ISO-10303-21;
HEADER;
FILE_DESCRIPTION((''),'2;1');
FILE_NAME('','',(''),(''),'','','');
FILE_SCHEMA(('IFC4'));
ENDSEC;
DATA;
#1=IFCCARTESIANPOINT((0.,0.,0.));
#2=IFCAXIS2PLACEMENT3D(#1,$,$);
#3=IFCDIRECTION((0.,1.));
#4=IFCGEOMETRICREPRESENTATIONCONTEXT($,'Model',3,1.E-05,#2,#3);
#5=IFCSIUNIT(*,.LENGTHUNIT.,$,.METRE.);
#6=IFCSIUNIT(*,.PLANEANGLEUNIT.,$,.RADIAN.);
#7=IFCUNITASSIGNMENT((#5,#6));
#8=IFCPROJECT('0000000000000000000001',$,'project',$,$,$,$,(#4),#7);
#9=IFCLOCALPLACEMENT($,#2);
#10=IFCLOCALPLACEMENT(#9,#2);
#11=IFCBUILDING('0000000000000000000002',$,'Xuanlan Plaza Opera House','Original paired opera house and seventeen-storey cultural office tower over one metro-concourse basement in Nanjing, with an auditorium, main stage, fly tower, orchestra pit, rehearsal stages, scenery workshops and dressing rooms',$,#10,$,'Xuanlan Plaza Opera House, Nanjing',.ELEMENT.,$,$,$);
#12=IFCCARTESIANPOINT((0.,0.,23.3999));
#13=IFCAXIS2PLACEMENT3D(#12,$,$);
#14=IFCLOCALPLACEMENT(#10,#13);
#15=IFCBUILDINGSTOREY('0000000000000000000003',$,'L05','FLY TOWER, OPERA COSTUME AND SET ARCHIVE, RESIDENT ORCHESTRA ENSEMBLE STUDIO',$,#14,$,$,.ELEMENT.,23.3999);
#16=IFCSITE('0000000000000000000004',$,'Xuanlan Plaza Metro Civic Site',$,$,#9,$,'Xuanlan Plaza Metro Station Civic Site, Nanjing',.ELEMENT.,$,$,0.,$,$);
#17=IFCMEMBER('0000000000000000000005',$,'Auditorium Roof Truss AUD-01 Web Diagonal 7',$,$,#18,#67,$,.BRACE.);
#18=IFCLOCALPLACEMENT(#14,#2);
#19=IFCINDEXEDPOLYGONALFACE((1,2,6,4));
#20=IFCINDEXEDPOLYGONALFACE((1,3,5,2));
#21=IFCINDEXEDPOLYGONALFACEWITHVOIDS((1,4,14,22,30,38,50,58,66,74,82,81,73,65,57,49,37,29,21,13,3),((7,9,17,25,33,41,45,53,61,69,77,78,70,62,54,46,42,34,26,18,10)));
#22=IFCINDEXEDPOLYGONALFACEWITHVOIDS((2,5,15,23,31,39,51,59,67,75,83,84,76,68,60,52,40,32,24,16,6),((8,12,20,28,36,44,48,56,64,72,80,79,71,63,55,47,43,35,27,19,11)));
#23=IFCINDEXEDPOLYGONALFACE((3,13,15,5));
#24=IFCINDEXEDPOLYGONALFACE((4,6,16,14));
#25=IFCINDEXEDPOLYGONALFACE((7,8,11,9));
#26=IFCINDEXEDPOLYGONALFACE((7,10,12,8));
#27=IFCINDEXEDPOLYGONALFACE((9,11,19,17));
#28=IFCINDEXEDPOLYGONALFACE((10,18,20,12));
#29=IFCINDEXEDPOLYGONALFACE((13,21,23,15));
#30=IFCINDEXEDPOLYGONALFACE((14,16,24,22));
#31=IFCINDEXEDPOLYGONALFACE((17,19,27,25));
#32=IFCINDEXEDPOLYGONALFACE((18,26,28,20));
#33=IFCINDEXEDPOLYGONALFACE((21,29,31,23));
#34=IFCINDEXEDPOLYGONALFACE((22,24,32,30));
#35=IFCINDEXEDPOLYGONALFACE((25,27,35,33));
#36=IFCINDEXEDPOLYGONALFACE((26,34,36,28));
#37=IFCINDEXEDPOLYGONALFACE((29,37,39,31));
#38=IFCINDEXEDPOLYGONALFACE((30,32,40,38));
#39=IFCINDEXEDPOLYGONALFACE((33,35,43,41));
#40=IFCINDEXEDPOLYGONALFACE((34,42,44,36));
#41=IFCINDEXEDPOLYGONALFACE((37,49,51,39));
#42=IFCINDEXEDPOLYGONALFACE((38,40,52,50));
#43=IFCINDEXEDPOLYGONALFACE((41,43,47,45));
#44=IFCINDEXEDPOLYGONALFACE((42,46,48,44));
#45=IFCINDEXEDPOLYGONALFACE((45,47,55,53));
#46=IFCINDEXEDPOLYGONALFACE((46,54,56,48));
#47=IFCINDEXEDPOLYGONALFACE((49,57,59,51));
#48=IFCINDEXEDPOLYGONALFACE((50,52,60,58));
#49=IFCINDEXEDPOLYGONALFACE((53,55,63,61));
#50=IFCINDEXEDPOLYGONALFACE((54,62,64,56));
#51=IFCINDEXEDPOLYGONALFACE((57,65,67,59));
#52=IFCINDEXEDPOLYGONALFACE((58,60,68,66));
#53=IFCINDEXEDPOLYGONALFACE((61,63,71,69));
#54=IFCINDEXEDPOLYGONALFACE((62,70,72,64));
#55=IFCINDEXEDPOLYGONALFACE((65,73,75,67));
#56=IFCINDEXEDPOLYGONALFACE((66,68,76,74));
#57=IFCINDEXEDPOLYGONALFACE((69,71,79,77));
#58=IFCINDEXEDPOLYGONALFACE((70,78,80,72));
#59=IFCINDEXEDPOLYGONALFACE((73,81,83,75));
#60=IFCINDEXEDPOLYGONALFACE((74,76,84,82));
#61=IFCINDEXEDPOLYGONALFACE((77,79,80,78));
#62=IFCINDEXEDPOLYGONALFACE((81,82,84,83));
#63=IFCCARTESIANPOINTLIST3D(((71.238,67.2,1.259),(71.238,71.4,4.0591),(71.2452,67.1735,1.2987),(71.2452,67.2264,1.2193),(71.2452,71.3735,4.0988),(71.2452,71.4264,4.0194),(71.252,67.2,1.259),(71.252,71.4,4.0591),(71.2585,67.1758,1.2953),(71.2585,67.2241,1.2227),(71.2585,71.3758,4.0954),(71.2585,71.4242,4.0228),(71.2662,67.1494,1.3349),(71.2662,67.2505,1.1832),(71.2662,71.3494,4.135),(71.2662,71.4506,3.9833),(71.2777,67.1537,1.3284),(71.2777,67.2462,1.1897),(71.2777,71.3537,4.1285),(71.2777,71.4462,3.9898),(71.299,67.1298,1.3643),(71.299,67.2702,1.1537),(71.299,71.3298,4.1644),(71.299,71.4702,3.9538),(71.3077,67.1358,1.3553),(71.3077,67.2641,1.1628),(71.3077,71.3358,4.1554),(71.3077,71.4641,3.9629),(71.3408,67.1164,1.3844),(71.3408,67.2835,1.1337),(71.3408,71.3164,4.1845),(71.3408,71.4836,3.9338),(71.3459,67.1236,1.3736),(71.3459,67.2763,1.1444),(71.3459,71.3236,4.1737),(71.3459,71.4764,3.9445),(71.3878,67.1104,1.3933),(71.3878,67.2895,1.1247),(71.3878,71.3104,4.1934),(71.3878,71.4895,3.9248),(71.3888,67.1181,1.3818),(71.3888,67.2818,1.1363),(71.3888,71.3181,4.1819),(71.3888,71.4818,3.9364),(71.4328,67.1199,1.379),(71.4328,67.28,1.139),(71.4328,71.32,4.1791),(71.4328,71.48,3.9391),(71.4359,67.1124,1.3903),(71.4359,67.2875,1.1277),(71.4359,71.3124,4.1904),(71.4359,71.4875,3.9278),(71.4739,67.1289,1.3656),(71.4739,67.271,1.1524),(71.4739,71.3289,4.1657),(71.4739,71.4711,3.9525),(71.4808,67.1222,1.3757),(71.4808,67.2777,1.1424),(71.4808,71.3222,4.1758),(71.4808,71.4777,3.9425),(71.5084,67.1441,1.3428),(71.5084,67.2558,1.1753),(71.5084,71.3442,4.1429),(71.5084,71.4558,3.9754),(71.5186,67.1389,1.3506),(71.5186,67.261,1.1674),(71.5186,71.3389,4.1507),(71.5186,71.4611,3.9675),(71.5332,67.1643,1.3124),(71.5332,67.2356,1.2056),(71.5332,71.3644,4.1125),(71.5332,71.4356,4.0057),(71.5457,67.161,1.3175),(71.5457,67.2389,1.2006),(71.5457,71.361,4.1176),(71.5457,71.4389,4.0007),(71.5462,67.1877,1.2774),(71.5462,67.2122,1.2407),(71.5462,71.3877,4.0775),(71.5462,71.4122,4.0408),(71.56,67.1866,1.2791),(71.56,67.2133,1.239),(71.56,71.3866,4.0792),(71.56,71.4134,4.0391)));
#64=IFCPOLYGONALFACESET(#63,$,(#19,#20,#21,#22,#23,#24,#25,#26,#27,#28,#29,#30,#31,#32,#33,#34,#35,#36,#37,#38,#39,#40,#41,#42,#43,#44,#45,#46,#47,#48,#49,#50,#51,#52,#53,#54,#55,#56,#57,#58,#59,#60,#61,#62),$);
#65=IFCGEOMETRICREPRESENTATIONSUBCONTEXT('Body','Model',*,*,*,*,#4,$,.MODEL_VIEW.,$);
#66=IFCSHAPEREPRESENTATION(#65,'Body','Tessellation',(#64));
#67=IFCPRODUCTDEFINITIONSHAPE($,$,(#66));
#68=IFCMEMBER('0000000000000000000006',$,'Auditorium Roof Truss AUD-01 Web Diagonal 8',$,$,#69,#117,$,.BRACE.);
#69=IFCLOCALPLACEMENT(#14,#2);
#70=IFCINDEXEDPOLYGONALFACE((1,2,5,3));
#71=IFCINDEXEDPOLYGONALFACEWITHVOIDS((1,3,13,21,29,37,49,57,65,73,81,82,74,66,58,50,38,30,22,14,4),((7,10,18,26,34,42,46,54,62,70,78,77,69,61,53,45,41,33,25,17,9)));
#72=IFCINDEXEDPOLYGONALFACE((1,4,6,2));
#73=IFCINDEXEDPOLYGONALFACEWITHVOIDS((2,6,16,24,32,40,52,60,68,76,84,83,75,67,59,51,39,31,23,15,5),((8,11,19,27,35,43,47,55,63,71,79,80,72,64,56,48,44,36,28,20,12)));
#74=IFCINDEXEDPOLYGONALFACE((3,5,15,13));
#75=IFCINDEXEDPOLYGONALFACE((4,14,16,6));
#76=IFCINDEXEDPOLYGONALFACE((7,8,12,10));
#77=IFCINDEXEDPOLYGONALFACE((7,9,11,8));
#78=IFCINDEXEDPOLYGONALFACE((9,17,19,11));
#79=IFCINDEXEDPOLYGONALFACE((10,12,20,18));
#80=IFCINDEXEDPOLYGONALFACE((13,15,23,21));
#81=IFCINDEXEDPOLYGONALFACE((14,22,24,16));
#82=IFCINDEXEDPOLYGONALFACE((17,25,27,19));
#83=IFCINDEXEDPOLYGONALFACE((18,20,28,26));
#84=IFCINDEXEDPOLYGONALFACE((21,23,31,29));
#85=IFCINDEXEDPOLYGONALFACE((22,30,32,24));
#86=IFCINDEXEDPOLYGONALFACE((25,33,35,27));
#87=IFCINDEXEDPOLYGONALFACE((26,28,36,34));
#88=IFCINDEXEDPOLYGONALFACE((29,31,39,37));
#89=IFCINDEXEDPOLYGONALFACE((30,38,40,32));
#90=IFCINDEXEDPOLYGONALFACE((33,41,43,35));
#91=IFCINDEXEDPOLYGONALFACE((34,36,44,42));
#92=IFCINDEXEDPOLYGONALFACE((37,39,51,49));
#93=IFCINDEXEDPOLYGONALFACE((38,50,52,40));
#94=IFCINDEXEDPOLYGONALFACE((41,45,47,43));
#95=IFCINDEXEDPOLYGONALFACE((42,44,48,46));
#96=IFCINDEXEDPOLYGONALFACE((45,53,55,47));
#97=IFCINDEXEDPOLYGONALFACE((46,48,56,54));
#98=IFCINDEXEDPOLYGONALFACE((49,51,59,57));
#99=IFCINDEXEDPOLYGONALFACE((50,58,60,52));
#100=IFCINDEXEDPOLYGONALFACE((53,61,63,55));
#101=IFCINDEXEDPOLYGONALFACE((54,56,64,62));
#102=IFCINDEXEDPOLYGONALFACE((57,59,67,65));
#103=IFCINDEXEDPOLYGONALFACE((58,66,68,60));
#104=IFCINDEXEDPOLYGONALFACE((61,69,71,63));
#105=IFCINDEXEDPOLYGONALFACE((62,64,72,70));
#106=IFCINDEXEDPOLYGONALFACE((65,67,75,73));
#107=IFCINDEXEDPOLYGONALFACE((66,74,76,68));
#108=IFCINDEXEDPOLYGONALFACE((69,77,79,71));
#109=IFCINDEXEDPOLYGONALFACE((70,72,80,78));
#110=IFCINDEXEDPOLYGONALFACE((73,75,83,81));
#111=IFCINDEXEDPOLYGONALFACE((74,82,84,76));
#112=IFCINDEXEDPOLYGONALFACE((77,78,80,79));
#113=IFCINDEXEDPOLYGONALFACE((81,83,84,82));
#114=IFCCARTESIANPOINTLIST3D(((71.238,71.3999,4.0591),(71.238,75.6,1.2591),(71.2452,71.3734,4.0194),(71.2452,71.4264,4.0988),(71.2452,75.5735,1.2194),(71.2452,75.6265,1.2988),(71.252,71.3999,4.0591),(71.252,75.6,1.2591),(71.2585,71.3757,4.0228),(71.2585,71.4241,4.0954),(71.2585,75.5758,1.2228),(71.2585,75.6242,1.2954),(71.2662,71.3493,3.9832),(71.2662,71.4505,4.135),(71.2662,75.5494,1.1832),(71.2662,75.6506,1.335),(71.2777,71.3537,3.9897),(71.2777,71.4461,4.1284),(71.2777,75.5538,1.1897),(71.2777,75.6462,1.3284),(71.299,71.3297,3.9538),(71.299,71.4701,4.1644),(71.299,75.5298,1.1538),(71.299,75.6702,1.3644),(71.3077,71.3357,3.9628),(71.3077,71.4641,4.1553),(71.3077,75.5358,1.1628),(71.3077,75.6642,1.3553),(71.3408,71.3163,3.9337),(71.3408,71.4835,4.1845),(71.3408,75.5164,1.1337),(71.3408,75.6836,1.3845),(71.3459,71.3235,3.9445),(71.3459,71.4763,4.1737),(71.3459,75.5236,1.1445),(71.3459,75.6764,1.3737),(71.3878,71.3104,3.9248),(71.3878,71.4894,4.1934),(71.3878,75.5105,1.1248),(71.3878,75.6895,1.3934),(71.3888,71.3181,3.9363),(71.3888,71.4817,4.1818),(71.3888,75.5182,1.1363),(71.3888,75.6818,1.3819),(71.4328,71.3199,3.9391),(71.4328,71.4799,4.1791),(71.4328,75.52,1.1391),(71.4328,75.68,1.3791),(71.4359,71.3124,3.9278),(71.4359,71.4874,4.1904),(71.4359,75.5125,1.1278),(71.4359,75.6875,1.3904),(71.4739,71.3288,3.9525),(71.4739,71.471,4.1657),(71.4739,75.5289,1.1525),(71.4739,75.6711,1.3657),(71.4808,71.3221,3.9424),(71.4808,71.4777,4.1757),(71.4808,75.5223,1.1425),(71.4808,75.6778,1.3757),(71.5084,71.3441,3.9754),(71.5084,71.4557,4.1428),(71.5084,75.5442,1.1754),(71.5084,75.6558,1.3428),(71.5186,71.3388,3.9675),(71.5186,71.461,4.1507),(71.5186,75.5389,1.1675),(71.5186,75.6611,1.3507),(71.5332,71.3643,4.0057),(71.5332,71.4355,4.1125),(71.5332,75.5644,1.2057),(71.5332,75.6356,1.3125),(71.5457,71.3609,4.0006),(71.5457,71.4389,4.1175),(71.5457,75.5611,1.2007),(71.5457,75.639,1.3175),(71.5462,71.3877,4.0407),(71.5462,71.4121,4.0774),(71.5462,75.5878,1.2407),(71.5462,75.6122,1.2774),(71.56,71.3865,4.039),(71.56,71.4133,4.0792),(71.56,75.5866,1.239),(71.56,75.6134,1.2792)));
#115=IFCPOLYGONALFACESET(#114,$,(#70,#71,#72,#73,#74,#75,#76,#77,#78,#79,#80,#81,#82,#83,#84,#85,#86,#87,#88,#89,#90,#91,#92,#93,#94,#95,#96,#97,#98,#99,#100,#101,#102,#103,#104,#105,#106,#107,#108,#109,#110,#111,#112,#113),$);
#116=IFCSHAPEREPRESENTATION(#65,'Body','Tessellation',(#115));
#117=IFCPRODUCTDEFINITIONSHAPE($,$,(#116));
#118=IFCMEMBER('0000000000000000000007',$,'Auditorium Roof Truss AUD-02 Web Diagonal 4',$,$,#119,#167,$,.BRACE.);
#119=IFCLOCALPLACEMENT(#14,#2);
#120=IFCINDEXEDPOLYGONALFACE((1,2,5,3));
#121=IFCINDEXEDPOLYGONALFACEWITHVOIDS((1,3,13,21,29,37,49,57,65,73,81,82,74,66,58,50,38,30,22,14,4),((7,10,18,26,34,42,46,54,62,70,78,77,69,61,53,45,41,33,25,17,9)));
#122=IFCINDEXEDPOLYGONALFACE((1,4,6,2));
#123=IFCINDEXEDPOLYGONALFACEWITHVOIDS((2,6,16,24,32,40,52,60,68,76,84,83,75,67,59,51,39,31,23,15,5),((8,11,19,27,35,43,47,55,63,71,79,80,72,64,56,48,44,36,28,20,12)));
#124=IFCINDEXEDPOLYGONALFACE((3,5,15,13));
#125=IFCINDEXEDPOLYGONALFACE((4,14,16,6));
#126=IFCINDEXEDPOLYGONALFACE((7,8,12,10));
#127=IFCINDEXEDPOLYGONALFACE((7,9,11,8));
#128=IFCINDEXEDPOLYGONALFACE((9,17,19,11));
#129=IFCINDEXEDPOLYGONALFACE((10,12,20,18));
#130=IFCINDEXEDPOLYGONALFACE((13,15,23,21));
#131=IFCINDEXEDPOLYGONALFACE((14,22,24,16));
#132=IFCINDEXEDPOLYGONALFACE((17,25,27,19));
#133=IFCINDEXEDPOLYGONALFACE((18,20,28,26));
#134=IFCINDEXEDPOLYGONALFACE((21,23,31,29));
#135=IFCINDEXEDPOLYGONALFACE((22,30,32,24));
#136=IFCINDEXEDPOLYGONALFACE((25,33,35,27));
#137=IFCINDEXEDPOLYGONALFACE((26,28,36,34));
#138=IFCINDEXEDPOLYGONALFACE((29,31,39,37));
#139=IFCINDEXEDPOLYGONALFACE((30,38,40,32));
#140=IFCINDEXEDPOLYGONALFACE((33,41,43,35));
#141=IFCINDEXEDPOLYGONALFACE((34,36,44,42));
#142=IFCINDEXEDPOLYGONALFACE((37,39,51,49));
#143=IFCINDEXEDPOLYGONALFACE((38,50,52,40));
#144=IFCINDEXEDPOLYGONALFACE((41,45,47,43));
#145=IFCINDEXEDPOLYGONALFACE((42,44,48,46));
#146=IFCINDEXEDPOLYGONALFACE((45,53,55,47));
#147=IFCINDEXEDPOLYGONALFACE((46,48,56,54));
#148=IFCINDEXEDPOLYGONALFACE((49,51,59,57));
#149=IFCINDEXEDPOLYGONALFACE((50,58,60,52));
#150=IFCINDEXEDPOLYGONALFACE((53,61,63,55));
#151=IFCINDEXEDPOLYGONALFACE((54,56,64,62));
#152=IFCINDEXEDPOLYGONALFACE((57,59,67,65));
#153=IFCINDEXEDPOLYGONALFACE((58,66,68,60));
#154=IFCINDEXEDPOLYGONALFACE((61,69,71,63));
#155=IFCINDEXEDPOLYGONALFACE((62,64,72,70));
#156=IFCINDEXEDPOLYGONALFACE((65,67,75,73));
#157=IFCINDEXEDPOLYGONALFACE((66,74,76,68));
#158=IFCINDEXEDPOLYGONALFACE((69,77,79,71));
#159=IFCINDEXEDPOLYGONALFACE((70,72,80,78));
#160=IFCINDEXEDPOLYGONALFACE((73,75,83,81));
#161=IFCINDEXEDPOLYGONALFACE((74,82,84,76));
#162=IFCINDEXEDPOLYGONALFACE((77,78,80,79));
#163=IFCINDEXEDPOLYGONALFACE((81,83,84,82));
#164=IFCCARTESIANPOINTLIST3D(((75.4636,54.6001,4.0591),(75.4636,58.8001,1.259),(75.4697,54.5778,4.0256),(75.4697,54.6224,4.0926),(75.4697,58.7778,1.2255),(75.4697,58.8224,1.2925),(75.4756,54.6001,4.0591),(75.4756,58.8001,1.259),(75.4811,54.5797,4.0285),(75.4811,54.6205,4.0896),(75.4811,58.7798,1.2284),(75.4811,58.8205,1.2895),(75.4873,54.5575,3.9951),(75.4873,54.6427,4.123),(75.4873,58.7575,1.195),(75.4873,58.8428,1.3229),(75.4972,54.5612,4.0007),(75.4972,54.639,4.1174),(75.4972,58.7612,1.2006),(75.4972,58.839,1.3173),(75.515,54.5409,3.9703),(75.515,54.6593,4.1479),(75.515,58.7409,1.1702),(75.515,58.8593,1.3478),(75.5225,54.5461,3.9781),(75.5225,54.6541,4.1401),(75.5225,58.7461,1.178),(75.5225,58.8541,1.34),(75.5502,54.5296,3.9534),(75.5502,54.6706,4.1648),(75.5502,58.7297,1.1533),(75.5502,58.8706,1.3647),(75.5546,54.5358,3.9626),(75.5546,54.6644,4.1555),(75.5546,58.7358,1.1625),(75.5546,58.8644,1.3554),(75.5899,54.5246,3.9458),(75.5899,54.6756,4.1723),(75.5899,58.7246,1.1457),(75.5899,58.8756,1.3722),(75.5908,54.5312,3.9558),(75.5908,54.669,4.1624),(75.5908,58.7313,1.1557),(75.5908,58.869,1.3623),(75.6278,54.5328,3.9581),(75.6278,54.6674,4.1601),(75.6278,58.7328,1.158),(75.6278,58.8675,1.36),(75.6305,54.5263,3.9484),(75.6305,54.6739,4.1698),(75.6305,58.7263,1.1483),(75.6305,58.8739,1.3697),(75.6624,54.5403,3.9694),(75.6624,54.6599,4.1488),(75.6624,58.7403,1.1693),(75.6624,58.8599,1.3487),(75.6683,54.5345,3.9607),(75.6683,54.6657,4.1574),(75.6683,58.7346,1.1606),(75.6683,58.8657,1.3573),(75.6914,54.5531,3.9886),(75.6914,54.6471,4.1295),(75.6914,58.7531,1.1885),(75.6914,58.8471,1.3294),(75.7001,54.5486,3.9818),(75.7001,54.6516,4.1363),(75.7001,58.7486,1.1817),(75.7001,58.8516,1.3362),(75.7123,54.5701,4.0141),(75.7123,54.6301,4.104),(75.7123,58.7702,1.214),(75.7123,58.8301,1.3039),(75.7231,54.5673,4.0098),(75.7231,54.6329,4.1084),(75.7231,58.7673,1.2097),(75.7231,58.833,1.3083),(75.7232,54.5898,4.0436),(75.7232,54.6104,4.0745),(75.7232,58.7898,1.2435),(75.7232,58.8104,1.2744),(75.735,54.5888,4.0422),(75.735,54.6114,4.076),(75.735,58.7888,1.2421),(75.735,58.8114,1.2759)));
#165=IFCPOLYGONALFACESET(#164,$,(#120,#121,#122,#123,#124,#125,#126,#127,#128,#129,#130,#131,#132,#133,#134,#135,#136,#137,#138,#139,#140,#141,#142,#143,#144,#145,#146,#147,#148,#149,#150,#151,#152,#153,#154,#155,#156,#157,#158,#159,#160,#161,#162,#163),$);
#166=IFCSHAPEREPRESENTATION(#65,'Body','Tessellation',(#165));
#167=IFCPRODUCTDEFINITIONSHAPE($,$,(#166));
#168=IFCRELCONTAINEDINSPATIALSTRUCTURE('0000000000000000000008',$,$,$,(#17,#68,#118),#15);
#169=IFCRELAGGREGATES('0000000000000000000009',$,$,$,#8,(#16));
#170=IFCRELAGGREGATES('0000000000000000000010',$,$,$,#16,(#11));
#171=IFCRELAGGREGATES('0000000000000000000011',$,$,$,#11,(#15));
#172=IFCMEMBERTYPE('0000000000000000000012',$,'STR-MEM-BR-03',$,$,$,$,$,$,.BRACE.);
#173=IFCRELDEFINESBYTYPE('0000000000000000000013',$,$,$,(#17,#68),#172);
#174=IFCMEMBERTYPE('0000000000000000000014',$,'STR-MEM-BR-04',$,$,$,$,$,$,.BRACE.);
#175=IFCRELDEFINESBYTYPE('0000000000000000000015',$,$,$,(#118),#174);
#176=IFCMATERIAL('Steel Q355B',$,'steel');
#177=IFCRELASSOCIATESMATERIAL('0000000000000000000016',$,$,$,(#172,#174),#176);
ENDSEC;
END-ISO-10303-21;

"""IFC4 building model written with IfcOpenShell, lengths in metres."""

from ifc_helpers import new_model, si_unit, direction, frame, origin, origin_2d, place, context, subcontext, project, spatial, hollow_circle, extrude, material, material_profile, profile_set, type_object, element, save


model = new_model("IFC4")

# Units and contexts
model_context = context("Model", 3, precision=1e-05, world=origin(), true_north=direction((0.0, 1.0)))
body_context = subcontext(model_context, "Body", "Model", "MODEL_VIEW")
ifc_project = project(units=[si_unit("LENGTHUNIT", "METRE"), si_unit("PLANEANGLEUNIT", "RADIAN")], contexts=[model_context])

# Site, building, storey
site_placement = place(None, origin())
site = spatial("IfcSite", under=ifc_project, at=site_placement, Name="Xuanlan Plaza Metro Civic Site", LongName="Xuanlan Plaza Metro Station Civic Site, Nanjing", CompositionType="ELEMENT", RefElevation=0.0)
building_placement = place(site_placement, origin())
building = spatial("IfcBuilding", under=site, at=building_placement, Name="Xuanlan Plaza Opera House", Description="Original paired opera house and seventeen-storey cultural office tower over one metro-concourse basement in Nanjing, with an auditorium, main stage, fly tower, orchestra pit, rehearsal stages, scenery workshops and dressing rooms", LongName="Xuanlan Plaza Opera House, Nanjing", CompositionType="ELEMENT")
storey_placement = place(building_placement, frame((0.0, 0.0, 23.3999)))
storey = spatial("IfcBuildingStorey", under=building, at=storey_placement, Name="L05", Description="FLY TOWER, OPERA COSTUME AND SET ARCHIVE, RESIDENT ORCHESTRA ENSEMBLE STUDIO", CompositionType="ELEMENT", Elevation=23.3999)

# Members
ifc_material_1 = material(Name="Steel Q355B", Category="steel")
ifc_material_profile_1 = material_profile(ifc_material_1, hollow_circle(Radius=0.1619, WallThickness=0.0139, at=origin_2d()), Name="CHS 323.9x14")
ifc_profile_set_1 = profile_set([ifc_material_profile_1], Name="Steel Q355B")
member_type_1 = type_object("IfcMemberType", Name="STR-MEM-BR-03", PredefinedType="BRACE", material=ifc_profile_set_1)
for number, where, z_axis, x_axis, name in (
    (1, (71.3999, 67.2, 1.259), (0.0, 0.832043, 0.554711), (-1.0, 0.0, 0.0), "Auditorium Roof Truss AUD-01 Web Diagonal 7"),
    (2, (71.3999, 71.3999, 4.0591), (0.0, 0.832058, -0.554689), (-1.0, 0.0, 0.0), "Auditorium Roof Truss AUD-01 Web Diagonal 8"),
):
    element("IfcMember", number, at=place(storey_placement, frame(where, z_axis=z_axis, x_axis=x_axis)), inside=storey, type_object=member_type_1, Name=name, PredefinedType="BRACE", context=body_context, shape_type="SweptSolid", body=[
        extrude(hollow_circle(Radius=0.1619, WallThickness=0.0139, at=origin_2d()), origin(), (0.0, 0.0, 1.0), 5.0479),
    ])
ifc_material_profile_2 = material_profile(ifc_material_1, hollow_circle(Radius=0.1365, WallThickness=0.012, at=origin_2d()), Name="CHS 273x12")
ifc_profile_set_2 = profile_set([ifc_material_profile_2], Name="Steel Q355B")
member_type_2 = type_object("IfcMemberType", Name="STR-MEM-BR-04", PredefinedType="BRACE", material=ifc_profile_set_2)
for number, where, z_axis, x_axis, name in (
    (3, (75.6001, 54.6001, 4.0591), (0.0, 0.832043, -0.554711), (-1.0, 0.0, 0.0), "Auditorium Roof Truss AUD-02 Web Diagonal 4"),
):
    element("IfcMember", number, at=place(storey_placement, frame(where, z_axis=z_axis, x_axis=x_axis)), inside=storey, type_object=member_type_2, Name=name, PredefinedType="BRACE", context=body_context, shape_type="SweptSolid", body=[
        extrude(hollow_circle(Radius=0.1365, WallThickness=0.012, at=origin_2d()), origin(), (0.0, 0.0, 1.0), 5.0479),
    ])

save(model, "model.ifc")
